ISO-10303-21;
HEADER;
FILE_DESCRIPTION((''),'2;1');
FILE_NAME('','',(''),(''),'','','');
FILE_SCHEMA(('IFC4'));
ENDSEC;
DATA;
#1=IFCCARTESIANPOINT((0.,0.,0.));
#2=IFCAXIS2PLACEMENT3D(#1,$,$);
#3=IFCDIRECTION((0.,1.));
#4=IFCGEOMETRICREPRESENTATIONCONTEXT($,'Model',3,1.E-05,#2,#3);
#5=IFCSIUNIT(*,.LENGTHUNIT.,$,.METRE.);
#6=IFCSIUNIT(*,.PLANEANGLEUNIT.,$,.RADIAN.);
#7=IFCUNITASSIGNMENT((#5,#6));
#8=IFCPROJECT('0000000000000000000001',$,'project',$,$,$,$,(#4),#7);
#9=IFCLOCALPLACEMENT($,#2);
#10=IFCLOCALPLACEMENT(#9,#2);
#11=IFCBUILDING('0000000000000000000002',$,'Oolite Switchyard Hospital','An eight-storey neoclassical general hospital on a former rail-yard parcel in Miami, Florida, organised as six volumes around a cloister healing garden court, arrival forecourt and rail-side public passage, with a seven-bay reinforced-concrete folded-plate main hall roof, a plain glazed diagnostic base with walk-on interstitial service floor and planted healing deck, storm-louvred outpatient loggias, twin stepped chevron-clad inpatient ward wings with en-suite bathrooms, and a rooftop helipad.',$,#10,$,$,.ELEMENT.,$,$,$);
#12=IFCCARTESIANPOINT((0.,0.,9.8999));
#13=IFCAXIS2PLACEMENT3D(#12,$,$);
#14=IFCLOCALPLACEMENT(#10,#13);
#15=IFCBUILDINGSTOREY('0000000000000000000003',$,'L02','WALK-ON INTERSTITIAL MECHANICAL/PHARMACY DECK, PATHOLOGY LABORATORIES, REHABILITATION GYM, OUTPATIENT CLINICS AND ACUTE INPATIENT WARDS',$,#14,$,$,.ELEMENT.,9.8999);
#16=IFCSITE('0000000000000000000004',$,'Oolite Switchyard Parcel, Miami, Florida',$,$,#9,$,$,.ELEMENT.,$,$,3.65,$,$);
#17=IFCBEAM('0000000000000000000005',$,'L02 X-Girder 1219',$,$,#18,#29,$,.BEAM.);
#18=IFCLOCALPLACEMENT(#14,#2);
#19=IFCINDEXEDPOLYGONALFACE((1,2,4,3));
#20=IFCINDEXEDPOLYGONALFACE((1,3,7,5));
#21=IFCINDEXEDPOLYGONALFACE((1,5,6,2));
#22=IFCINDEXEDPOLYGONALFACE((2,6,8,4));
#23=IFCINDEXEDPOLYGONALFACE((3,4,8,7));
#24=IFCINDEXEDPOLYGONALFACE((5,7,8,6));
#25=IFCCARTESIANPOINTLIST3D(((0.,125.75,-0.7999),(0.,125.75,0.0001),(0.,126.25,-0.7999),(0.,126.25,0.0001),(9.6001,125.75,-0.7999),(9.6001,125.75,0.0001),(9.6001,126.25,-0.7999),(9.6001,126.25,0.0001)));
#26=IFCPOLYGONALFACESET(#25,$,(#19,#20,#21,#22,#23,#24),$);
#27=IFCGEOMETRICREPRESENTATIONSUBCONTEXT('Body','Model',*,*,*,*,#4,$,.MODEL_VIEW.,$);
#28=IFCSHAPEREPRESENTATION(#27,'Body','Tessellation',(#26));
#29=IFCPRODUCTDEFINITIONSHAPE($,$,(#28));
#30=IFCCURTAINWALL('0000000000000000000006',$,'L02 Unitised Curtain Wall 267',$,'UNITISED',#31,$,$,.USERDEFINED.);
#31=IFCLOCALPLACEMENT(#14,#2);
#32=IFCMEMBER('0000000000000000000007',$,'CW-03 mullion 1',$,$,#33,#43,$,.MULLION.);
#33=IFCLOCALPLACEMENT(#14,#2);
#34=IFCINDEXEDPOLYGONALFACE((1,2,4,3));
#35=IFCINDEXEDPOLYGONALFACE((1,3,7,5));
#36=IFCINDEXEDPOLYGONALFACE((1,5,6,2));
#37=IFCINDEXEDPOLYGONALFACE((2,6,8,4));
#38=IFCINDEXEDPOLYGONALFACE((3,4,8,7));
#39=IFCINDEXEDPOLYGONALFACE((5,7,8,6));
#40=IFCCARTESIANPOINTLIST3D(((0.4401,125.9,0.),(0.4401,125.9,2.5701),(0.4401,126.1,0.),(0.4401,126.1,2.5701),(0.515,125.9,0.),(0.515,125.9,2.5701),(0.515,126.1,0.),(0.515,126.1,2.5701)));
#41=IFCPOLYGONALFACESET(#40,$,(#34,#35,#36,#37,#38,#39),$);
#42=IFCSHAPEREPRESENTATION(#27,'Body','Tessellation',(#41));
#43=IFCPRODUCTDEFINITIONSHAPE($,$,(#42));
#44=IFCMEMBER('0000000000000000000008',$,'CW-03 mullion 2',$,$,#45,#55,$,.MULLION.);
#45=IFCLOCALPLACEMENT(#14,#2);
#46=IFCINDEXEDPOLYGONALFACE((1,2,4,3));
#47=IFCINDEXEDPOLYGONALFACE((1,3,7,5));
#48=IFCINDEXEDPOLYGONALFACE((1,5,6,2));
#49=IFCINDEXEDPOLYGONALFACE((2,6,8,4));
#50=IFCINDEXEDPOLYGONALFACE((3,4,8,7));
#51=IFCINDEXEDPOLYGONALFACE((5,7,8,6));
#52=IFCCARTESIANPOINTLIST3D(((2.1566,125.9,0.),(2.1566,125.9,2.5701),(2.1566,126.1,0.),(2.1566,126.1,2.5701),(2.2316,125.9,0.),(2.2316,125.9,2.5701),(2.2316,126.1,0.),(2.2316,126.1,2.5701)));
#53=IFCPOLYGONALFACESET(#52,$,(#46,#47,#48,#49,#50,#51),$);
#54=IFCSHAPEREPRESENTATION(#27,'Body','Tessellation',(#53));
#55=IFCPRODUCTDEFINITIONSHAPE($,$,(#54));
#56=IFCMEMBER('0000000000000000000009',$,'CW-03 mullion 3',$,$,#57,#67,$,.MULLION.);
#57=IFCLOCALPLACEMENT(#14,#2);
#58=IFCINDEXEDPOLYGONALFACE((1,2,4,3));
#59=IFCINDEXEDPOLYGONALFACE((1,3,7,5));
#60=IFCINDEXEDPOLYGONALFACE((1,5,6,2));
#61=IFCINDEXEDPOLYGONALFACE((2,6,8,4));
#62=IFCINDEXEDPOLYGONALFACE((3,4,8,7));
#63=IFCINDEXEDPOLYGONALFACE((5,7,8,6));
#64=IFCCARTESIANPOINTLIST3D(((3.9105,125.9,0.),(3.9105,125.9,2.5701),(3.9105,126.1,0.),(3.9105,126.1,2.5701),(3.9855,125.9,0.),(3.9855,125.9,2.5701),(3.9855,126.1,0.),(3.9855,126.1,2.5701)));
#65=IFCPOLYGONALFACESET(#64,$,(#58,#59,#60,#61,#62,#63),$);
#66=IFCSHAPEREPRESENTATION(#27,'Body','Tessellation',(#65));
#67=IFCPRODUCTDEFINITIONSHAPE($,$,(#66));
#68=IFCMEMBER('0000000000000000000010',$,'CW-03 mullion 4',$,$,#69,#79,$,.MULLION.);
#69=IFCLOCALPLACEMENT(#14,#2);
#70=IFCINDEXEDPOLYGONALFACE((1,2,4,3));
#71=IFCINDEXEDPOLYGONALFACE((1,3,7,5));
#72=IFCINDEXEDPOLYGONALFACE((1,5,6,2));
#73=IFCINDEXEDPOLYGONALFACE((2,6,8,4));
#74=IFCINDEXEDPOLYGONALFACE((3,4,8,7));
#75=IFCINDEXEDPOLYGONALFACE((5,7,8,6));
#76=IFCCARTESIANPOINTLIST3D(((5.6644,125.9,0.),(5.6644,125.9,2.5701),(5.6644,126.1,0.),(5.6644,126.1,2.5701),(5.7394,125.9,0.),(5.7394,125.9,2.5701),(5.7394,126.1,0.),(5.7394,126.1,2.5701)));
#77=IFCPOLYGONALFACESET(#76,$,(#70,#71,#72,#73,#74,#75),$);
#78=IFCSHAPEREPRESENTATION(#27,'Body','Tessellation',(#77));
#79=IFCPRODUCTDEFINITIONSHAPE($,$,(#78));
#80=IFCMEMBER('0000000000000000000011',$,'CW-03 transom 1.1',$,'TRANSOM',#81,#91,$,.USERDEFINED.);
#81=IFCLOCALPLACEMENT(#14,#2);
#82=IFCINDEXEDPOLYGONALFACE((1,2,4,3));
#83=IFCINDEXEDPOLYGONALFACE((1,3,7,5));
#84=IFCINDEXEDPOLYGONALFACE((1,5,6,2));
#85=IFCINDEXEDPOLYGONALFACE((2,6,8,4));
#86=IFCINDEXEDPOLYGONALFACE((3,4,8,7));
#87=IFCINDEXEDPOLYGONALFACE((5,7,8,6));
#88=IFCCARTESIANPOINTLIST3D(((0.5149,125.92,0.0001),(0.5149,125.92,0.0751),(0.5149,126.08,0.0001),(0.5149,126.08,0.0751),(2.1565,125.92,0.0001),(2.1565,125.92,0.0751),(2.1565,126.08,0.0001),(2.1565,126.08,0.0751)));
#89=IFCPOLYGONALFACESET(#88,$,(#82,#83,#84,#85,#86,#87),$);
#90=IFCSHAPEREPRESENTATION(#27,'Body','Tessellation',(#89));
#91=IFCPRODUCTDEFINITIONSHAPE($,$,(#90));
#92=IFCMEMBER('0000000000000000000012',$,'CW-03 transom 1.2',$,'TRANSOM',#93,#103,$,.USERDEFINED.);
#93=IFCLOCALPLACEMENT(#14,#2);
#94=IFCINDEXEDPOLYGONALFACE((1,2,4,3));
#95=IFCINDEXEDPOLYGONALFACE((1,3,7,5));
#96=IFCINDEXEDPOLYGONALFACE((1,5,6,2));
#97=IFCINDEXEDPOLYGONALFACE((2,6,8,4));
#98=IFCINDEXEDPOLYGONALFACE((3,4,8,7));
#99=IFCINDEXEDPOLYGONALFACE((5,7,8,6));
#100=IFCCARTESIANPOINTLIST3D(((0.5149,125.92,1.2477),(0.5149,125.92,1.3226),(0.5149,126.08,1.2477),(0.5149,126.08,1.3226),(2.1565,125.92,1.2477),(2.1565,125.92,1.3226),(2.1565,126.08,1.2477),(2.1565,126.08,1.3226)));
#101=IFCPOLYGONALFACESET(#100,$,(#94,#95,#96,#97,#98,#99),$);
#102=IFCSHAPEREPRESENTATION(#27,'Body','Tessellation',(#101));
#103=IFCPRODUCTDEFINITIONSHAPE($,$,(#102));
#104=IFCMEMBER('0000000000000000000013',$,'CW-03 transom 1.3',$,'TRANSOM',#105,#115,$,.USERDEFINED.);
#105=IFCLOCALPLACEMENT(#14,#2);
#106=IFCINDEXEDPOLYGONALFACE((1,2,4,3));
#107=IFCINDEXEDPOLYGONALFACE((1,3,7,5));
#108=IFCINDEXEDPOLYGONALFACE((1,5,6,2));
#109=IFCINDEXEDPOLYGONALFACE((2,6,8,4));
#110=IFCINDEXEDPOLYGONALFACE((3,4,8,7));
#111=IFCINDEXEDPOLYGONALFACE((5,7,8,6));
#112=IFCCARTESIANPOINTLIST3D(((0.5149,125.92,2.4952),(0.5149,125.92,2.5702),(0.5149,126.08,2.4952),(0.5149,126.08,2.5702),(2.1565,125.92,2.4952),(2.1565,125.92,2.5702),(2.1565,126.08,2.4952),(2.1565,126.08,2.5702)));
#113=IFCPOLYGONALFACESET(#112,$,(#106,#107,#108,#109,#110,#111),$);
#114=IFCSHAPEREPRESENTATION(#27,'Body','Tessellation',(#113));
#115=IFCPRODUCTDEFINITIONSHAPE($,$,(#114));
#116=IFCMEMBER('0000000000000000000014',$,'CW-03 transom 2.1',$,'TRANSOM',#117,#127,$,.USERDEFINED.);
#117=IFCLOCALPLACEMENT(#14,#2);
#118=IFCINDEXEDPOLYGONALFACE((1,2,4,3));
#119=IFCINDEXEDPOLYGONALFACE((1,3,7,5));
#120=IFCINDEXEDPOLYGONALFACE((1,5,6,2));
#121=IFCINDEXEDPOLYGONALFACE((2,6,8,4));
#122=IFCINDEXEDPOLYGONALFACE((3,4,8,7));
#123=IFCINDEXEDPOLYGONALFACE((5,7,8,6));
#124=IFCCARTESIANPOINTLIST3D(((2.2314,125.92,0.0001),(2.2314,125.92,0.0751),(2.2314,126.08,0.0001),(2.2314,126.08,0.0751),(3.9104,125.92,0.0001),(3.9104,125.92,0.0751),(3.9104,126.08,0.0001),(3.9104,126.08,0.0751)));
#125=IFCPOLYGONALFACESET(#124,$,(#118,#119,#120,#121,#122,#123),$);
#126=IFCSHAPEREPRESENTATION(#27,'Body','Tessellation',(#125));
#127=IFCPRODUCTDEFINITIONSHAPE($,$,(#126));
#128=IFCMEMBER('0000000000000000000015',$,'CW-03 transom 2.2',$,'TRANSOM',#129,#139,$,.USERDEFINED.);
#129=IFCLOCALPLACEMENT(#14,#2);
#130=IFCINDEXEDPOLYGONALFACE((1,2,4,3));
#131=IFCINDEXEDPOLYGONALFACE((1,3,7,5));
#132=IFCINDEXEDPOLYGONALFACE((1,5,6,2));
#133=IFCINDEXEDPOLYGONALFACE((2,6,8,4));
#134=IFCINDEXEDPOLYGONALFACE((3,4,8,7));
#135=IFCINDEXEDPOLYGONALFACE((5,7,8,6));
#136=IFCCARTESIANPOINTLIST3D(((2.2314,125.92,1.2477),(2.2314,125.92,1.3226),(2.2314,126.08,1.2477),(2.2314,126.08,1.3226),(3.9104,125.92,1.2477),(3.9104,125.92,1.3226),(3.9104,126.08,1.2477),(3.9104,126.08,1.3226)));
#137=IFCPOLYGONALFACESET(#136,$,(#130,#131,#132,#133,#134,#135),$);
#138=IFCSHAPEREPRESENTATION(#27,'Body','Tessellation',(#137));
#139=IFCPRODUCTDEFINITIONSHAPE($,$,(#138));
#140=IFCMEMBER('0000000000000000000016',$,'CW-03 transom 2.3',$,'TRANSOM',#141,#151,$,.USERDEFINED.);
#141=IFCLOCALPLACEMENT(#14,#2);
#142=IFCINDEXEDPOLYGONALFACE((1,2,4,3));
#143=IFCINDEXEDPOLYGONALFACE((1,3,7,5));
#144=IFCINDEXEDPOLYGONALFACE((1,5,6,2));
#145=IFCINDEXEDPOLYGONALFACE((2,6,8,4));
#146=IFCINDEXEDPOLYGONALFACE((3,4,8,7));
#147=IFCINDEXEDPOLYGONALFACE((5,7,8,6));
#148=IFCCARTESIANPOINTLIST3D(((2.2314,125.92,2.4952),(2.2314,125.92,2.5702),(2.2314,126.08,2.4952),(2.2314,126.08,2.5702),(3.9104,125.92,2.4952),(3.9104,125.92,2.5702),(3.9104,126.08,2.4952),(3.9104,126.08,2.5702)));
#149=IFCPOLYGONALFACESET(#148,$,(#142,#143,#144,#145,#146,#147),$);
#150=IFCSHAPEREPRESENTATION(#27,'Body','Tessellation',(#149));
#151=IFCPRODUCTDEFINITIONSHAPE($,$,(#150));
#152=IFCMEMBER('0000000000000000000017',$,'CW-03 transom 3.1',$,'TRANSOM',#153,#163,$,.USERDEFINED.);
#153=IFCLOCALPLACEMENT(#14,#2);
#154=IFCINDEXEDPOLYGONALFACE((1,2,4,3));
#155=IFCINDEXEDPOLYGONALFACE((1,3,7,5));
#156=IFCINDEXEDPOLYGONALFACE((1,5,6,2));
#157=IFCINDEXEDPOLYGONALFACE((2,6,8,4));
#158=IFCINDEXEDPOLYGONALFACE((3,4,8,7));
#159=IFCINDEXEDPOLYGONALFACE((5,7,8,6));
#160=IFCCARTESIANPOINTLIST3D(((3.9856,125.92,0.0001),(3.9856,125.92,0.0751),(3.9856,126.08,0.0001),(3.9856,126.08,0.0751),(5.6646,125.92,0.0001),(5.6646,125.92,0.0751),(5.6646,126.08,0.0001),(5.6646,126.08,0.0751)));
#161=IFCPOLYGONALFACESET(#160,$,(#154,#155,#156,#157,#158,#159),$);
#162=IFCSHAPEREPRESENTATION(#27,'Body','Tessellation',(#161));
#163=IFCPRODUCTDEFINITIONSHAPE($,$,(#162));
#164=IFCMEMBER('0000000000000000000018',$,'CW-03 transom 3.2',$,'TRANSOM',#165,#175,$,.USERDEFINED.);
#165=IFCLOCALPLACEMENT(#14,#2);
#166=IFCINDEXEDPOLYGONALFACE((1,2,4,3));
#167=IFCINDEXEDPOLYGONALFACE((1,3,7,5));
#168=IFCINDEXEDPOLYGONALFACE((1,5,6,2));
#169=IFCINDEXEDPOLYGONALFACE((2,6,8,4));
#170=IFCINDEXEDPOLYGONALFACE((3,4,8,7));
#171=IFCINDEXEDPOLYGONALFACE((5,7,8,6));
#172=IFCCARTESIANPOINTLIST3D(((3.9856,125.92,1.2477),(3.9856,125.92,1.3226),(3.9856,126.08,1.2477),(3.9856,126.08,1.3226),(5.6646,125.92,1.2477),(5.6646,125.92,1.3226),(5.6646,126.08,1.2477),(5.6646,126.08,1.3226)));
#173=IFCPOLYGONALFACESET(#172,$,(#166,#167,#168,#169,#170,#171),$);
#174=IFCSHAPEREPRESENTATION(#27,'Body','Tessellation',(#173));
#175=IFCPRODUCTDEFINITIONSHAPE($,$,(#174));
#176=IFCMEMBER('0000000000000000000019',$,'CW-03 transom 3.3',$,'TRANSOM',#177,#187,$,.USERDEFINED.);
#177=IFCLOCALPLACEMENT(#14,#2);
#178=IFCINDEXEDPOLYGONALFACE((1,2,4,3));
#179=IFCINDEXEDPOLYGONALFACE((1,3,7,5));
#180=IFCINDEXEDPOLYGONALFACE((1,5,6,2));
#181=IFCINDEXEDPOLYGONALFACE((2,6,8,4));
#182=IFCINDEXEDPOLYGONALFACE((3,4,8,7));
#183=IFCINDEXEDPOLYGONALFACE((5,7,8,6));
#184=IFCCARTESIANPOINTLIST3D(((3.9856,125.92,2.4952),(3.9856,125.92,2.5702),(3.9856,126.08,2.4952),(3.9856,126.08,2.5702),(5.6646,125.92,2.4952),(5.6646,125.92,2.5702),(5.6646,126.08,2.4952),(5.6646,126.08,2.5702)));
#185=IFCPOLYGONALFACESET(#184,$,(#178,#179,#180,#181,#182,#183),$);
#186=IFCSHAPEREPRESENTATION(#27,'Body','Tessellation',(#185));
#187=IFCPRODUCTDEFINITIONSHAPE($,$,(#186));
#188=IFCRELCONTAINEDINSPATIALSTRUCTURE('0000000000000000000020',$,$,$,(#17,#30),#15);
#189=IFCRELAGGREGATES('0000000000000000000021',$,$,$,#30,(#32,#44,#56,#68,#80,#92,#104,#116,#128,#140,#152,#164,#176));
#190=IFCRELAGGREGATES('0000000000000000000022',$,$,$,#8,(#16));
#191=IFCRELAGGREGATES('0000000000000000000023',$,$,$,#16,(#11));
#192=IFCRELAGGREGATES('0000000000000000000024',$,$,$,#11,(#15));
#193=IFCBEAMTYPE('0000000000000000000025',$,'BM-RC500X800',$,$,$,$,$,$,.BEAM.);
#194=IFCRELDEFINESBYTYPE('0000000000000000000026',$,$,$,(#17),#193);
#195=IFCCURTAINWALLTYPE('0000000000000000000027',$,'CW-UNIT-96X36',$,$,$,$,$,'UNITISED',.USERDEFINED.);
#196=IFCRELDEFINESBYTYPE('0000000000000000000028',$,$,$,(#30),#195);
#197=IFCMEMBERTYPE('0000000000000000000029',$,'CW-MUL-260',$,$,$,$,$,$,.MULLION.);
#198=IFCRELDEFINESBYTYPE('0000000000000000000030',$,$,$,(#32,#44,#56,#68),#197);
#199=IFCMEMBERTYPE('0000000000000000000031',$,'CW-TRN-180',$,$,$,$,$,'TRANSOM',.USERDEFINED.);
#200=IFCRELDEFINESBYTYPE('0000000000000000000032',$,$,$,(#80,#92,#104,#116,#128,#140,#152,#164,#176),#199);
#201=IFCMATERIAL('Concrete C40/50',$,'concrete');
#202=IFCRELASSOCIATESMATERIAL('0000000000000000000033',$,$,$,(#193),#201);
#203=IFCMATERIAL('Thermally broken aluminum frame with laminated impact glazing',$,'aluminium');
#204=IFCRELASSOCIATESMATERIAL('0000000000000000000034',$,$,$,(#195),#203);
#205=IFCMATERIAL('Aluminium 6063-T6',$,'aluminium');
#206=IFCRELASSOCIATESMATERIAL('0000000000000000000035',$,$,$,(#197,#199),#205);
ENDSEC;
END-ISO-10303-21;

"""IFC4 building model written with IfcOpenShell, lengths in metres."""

from ifc_helpers import new_model, si_unit, direction, frame, origin, origin_2d, place, context, subcontext, project, spatial, rectangle, extrude, material, material_profile, profile_set, type_object, element, aggregate, save


model = new_model("IFC4")

# Units and contexts
model_context = context("Model", 3, precision=1e-05, world=origin(), true_north=direction((0.0, 1.0)))
body_context = subcontext(model_context, "Body", "Model", "MODEL_VIEW")
ifc_project = project(units=[si_unit("LENGTHUNIT", "METRE"), si_unit("PLANEANGLEUNIT", "RADIAN")], contexts=[model_context])

# Site, building, storey
site_placement = place(None, origin())
site = spatial("IfcSite", under=ifc_project, at=site_placement, Name="Oolite Switchyard Parcel, Miami, Florida", CompositionType="ELEMENT", RefElevation=3.65)
building_placement = place(site_placement, origin())
building = spatial("IfcBuilding", under=site, at=building_placement, Name="Oolite Switchyard Hospital", Description="An eight-storey neoclassical general hospital on a former rail-yard parcel in Miami, Florida, organised as six volumes around a cloister healing garden court, arrival forecourt and rail-side public passage, with a seven-bay reinforced-concrete folded-plate main hall roof, a plain glazed diagnostic base with walk-on interstitial service floor and planted healing deck, storm-louvred outpatient loggias, twin stepped chevron-clad inpatient ward wings with en-suite bathrooms, and a rooftop helipad.", CompositionType="ELEMENT")
storey_placement = place(building_placement, frame((0.0, 0.0, 9.8999)))
storey = spatial("IfcBuildingStorey", under=building, at=storey_placement, Name="L02", Description="WALK-ON INTERSTITIAL MECHANICAL/PHARMACY DECK, PATHOLOGY LABORATORIES, REHABILITATION GYM, OUTPATIENT CLINICS AND ACUTE INPATIENT WARDS", CompositionType="ELEMENT", Elevation=9.8999)

# Beam
ifc_material_1 = material(Name="Concrete C40/50", Category="concrete")
ifc_material_profile_1 = material_profile(ifc_material_1, rectangle(XDim=0.5, YDim=0.8, at=origin_2d()), Name="RCB500X800")
ifc_profile_set_1 = profile_set([ifc_material_profile_1], Name="Concrete C40/50")
beam_type = type_object("IfcBeamType", Name="BM-RC500X800", PredefinedType="BEAM", material=ifc_profile_set_1)
beam_placement = place(storey_placement, frame((0.0, 126.0, -0.3999), z_axis=(1.0, 0.0, 0.0), x_axis=(0.0, 1.0, 0.0)))
element("IfcBeam", 1, at=beam_placement, inside=storey, type_object=beam_type, Name="L02 X-Girder 1219", PredefinedType="BEAM", context=body_context, shape_type="SweptSolid", body=[
    extrude(rectangle(XDim=0.5, YDim=0.8, at=origin_2d()), origin(), (0.0, 0.0, 1.0), 9.6001),
])

# Curtain wall, members
ifc_material_2 = material(Name="Thermally broken aluminum frame with laminated impact glazing", Category="aluminium")
curtain_wall_type = type_object("IfcCurtainWallType", Name="CW-UNIT-96X36", ElementType="UNITISED", PredefinedType="USERDEFINED", material=ifc_material_2)
curtain_wall_placement = place(storey_placement, origin())
curtain_wall = element("IfcCurtainWall", 2, at=curtain_wall_placement, inside=storey, type_object=curtain_wall_type, Name="L02 Unitised Curtain Wall 267", ObjectType="UNITISED", PredefinedType="USERDEFINED")
ifc_material_3 = material(Name="Aluminium 6063-T6", Category="aluminium")
ifc_material_profile_2 = material_profile(ifc_material_3, rectangle(XDim=0.2, YDim=0.075, at=origin_2d()), Name="CWM75X200")
ifc_profile_set_2 = profile_set([ifc_material_profile_2], Name="Aluminium 6063-T6")
member_type_1 = type_object("IfcMemberType", Name="CW-MUL-260", PredefinedType="MULLION", material=ifc_profile_set_2)
member_1_placement = place(storey_placement, frame((0.4775, 126.0, 0.0), z_axis=(0.0, 0.0, 1.0), x_axis=(0.0, 1.0, 0.0)))
member_1 = element("IfcMember", 3, at=member_1_placement, type_object=member_type_1, Name="CW-03 mullion 1", PredefinedType="MULLION", context=body_context, shape_type="SweptSolid", body=[
    extrude(rectangle(XDim=0.2, YDim=0.075, at=origin_2d()), origin(), (0.0, 0.0, 1.0), 2.5701),
])
member_2_placement = place(storey_placement, frame((2.1941, 126.0, 0.0), z_axis=(0.0, 0.0, 1.0), x_axis=(0.0, 1.0, 0.0)))
member_2 = element("IfcMember", 4, at=member_2_placement, type_object=member_type_1, Name="CW-03 mullion 2", PredefinedType="MULLION", context=body_context, shape_type="SweptSolid", body=[
    extrude(rectangle(XDim=0.2, YDim=0.075, at=origin_2d()), origin(), (0.0, 0.0, 1.0), 2.5701),
])
member_3_placement = place(storey_placement, frame((3.948, 126.0, 0.0), z_axis=(0.0, 0.0, 1.0), x_axis=(0.0, 1.0, 0.0)))
member_3 = element("IfcMember", 5, at=member_3_placement, type_object=member_type_1, Name="CW-03 mullion 3", PredefinedType="MULLION", context=body_context, shape_type="SweptSolid", body=[
    extrude(rectangle(XDim=0.2, YDim=0.075, at=origin_2d()), origin(), (0.0, 0.0, 1.0), 2.5701),
])
member_4_placement = place(storey_placement, frame((5.7019, 126.0, 0.0), z_axis=(0.0, 0.0, 1.0), x_axis=(0.0, 1.0, 0.0)))
member_4 = element("IfcMember", 6, at=member_4_placement, type_object=member_type_1, Name="CW-03 mullion 4", PredefinedType="MULLION", context=body_context, shape_type="SweptSolid", body=[
    extrude(rectangle(XDim=0.2, YDim=0.075, at=origin_2d()), origin(), (0.0, 0.0, 1.0), 2.5701),
])
ifc_material_profile_3 = material_profile(ifc_material_3, rectangle(XDim=0.1599, YDim=0.075, at=origin_2d()), Name="CWT75X160")
ifc_profile_set_3 = profile_set([ifc_material_profile_3], Name="Aluminium 6063-T6")
member_type_2 = type_object("IfcMemberType", Name="CW-TRN-180", ElementType="TRANSOM", PredefinedType="USERDEFINED", material=ifc_profile_set_3)
member_5_placement = place(storey_placement, frame((0.5149, 126.0, 0.0376), z_axis=(1.0, 0.0, 0.0), x_axis=(0.0, 1.0, 0.0)))
member_5 = element("IfcMember", 7, at=member_5_placement, type_object=member_type_2, Name="CW-03 transom 1.1", ObjectType="TRANSOM", PredefinedType="USERDEFINED", context=body_context, shape_type="SweptSolid", body=[
    extrude(rectangle(XDim=0.1599, YDim=0.075, at=origin_2d()), origin(), (0.0, 0.0, 1.0), 1.6416),
])
member_6_placement = place(storey_placement, frame((0.5149, 126.0, 1.2852), z_axis=(1.0, 0.0, 0.0), x_axis=(0.0, 1.0, 0.0)))
member_6 = element("IfcMember", 8, at=member_6_placement, type_object=member_type_2, Name="CW-03 transom 1.2", ObjectType="TRANSOM", PredefinedType="USERDEFINED", context=body_context, shape_type="SweptSolid", body=[
    extrude(rectangle(XDim=0.1599, YDim=0.075, at=origin_2d()), origin(), (0.0, 0.0, 1.0), 1.6416),
])
member_7_placement = place(storey_placement, frame((0.5149, 126.0, 2.5327), z_axis=(1.0, 0.0, 0.0), x_axis=(0.0, 1.0, 0.0)))
member_7 = element("IfcMember", 9, at=member_7_placement, type_object=member_type_2, Name="CW-03 transom 1.3", ObjectType="TRANSOM", PredefinedType="USERDEFINED", context=body_context, shape_type="SweptSolid", body=[
    extrude(rectangle(XDim=0.1599, YDim=0.075, at=origin_2d()), origin(), (0.0, 0.0, 1.0), 1.6416),
])
member_8_placement = place(storey_placement, frame((2.2314, 126.0, 0.0376), z_axis=(1.0, 0.0, 0.0), x_axis=(0.0, 1.0, 0.0)))
member_8 = element("IfcMember", 10, at=member_8_placement, type_object=member_type_2, Name="CW-03 transom 2.1", ObjectType="TRANSOM", PredefinedType="USERDEFINED", context=body_context, shape_type="SweptSolid", body=[
    extrude(rectangle(XDim=0.1599, YDim=0.075, at=origin_2d()), origin(), (0.0, 0.0, 1.0), 1.679),
])
member_9_placement = place(storey_placement, frame((2.2314, 126.0, 1.2852), z_axis=(1.0, 0.0, 0.0), x_axis=(0.0, 1.0, 0.0)))
member_9 = element("IfcMember", 11, at=member_9_placement, type_object=member_type_2, Name="CW-03 transom 2.2", ObjectType="TRANSOM", PredefinedType="USERDEFINED", context=body_context, shape_type="SweptSolid", body=[
    extrude(rectangle(XDim=0.1599, YDim=0.075, at=origin_2d()), origin(), (0.0, 0.0, 1.0), 1.679),
])
member_10_placement = place(storey_placement, frame((2.2314, 126.0, 2.5327), z_axis=(1.0, 0.0, 0.0), x_axis=(0.0, 1.0, 0.0)))
member_10 = element("IfcMember", 12, at=member_10_placement, type_object=member_type_2, Name="CW-03 transom 2.3", ObjectType="TRANSOM", PredefinedType="USERDEFINED", context=body_context, shape_type="SweptSolid", body=[
    extrude(rectangle(XDim=0.1599, YDim=0.075, at=origin_2d()), origin(), (0.0, 0.0, 1.0), 1.679),
])
member_11_placement = place(storey_placement, frame((3.9856, 126.0, 0.0376), z_axis=(1.0, 0.0, 0.0), x_axis=(0.0, 1.0, 0.0)))
member_11 = element("IfcMember", 13, at=member_11_placement, type_object=member_type_2, Name="CW-03 transom 3.1", ObjectType="TRANSOM", PredefinedType="USERDEFINED", context=body_context, shape_type="SweptSolid", body=[
    extrude(rectangle(XDim=0.1599, YDim=0.075, at=origin_2d()), origin(), (0.0, 0.0, 1.0), 1.679),
])
member_12_placement = place(storey_placement, frame((3.9856, 126.0, 1.2852), z_axis=(1.0, 0.0, 0.0), x_axis=(0.0, 1.0, 0.0)))
member_12 = element("IfcMember", 14, at=member_12_placement, type_object=member_type_2, Name="CW-03 transom 3.2", ObjectType="TRANSOM", PredefinedType="USERDEFINED", context=body_context, shape_type="SweptSolid", body=[
    extrude(rectangle(XDim=0.1599, YDim=0.075, at=origin_2d()), origin(), (0.0, 0.0, 1.0), 1.679),
])
member_13_placement = place(storey_placement, frame((3.9856, 126.0, 2.5327), z_axis=(1.0, 0.0, 0.0), x_axis=(0.0, 1.0, 0.0)))
member_13 = element("IfcMember", 15, at=member_13_placement, type_object=member_type_2, Name="CW-03 transom 3.3", ObjectType="TRANSOM", PredefinedType="USERDEFINED", context=body_context, shape_type="SweptSolid", body=[
    extrude(rectangle(XDim=0.1599, YDim=0.075, at=origin_2d()), origin(), (0.0, 0.0, 1.0), 1.679),
])
aggregate(curtain_wall, [member_1, member_2, member_3, member_4, member_5, member_6, member_7, member_8, member_9, member_10, member_11, member_12, member_13])

save(model, "model.ifc")
